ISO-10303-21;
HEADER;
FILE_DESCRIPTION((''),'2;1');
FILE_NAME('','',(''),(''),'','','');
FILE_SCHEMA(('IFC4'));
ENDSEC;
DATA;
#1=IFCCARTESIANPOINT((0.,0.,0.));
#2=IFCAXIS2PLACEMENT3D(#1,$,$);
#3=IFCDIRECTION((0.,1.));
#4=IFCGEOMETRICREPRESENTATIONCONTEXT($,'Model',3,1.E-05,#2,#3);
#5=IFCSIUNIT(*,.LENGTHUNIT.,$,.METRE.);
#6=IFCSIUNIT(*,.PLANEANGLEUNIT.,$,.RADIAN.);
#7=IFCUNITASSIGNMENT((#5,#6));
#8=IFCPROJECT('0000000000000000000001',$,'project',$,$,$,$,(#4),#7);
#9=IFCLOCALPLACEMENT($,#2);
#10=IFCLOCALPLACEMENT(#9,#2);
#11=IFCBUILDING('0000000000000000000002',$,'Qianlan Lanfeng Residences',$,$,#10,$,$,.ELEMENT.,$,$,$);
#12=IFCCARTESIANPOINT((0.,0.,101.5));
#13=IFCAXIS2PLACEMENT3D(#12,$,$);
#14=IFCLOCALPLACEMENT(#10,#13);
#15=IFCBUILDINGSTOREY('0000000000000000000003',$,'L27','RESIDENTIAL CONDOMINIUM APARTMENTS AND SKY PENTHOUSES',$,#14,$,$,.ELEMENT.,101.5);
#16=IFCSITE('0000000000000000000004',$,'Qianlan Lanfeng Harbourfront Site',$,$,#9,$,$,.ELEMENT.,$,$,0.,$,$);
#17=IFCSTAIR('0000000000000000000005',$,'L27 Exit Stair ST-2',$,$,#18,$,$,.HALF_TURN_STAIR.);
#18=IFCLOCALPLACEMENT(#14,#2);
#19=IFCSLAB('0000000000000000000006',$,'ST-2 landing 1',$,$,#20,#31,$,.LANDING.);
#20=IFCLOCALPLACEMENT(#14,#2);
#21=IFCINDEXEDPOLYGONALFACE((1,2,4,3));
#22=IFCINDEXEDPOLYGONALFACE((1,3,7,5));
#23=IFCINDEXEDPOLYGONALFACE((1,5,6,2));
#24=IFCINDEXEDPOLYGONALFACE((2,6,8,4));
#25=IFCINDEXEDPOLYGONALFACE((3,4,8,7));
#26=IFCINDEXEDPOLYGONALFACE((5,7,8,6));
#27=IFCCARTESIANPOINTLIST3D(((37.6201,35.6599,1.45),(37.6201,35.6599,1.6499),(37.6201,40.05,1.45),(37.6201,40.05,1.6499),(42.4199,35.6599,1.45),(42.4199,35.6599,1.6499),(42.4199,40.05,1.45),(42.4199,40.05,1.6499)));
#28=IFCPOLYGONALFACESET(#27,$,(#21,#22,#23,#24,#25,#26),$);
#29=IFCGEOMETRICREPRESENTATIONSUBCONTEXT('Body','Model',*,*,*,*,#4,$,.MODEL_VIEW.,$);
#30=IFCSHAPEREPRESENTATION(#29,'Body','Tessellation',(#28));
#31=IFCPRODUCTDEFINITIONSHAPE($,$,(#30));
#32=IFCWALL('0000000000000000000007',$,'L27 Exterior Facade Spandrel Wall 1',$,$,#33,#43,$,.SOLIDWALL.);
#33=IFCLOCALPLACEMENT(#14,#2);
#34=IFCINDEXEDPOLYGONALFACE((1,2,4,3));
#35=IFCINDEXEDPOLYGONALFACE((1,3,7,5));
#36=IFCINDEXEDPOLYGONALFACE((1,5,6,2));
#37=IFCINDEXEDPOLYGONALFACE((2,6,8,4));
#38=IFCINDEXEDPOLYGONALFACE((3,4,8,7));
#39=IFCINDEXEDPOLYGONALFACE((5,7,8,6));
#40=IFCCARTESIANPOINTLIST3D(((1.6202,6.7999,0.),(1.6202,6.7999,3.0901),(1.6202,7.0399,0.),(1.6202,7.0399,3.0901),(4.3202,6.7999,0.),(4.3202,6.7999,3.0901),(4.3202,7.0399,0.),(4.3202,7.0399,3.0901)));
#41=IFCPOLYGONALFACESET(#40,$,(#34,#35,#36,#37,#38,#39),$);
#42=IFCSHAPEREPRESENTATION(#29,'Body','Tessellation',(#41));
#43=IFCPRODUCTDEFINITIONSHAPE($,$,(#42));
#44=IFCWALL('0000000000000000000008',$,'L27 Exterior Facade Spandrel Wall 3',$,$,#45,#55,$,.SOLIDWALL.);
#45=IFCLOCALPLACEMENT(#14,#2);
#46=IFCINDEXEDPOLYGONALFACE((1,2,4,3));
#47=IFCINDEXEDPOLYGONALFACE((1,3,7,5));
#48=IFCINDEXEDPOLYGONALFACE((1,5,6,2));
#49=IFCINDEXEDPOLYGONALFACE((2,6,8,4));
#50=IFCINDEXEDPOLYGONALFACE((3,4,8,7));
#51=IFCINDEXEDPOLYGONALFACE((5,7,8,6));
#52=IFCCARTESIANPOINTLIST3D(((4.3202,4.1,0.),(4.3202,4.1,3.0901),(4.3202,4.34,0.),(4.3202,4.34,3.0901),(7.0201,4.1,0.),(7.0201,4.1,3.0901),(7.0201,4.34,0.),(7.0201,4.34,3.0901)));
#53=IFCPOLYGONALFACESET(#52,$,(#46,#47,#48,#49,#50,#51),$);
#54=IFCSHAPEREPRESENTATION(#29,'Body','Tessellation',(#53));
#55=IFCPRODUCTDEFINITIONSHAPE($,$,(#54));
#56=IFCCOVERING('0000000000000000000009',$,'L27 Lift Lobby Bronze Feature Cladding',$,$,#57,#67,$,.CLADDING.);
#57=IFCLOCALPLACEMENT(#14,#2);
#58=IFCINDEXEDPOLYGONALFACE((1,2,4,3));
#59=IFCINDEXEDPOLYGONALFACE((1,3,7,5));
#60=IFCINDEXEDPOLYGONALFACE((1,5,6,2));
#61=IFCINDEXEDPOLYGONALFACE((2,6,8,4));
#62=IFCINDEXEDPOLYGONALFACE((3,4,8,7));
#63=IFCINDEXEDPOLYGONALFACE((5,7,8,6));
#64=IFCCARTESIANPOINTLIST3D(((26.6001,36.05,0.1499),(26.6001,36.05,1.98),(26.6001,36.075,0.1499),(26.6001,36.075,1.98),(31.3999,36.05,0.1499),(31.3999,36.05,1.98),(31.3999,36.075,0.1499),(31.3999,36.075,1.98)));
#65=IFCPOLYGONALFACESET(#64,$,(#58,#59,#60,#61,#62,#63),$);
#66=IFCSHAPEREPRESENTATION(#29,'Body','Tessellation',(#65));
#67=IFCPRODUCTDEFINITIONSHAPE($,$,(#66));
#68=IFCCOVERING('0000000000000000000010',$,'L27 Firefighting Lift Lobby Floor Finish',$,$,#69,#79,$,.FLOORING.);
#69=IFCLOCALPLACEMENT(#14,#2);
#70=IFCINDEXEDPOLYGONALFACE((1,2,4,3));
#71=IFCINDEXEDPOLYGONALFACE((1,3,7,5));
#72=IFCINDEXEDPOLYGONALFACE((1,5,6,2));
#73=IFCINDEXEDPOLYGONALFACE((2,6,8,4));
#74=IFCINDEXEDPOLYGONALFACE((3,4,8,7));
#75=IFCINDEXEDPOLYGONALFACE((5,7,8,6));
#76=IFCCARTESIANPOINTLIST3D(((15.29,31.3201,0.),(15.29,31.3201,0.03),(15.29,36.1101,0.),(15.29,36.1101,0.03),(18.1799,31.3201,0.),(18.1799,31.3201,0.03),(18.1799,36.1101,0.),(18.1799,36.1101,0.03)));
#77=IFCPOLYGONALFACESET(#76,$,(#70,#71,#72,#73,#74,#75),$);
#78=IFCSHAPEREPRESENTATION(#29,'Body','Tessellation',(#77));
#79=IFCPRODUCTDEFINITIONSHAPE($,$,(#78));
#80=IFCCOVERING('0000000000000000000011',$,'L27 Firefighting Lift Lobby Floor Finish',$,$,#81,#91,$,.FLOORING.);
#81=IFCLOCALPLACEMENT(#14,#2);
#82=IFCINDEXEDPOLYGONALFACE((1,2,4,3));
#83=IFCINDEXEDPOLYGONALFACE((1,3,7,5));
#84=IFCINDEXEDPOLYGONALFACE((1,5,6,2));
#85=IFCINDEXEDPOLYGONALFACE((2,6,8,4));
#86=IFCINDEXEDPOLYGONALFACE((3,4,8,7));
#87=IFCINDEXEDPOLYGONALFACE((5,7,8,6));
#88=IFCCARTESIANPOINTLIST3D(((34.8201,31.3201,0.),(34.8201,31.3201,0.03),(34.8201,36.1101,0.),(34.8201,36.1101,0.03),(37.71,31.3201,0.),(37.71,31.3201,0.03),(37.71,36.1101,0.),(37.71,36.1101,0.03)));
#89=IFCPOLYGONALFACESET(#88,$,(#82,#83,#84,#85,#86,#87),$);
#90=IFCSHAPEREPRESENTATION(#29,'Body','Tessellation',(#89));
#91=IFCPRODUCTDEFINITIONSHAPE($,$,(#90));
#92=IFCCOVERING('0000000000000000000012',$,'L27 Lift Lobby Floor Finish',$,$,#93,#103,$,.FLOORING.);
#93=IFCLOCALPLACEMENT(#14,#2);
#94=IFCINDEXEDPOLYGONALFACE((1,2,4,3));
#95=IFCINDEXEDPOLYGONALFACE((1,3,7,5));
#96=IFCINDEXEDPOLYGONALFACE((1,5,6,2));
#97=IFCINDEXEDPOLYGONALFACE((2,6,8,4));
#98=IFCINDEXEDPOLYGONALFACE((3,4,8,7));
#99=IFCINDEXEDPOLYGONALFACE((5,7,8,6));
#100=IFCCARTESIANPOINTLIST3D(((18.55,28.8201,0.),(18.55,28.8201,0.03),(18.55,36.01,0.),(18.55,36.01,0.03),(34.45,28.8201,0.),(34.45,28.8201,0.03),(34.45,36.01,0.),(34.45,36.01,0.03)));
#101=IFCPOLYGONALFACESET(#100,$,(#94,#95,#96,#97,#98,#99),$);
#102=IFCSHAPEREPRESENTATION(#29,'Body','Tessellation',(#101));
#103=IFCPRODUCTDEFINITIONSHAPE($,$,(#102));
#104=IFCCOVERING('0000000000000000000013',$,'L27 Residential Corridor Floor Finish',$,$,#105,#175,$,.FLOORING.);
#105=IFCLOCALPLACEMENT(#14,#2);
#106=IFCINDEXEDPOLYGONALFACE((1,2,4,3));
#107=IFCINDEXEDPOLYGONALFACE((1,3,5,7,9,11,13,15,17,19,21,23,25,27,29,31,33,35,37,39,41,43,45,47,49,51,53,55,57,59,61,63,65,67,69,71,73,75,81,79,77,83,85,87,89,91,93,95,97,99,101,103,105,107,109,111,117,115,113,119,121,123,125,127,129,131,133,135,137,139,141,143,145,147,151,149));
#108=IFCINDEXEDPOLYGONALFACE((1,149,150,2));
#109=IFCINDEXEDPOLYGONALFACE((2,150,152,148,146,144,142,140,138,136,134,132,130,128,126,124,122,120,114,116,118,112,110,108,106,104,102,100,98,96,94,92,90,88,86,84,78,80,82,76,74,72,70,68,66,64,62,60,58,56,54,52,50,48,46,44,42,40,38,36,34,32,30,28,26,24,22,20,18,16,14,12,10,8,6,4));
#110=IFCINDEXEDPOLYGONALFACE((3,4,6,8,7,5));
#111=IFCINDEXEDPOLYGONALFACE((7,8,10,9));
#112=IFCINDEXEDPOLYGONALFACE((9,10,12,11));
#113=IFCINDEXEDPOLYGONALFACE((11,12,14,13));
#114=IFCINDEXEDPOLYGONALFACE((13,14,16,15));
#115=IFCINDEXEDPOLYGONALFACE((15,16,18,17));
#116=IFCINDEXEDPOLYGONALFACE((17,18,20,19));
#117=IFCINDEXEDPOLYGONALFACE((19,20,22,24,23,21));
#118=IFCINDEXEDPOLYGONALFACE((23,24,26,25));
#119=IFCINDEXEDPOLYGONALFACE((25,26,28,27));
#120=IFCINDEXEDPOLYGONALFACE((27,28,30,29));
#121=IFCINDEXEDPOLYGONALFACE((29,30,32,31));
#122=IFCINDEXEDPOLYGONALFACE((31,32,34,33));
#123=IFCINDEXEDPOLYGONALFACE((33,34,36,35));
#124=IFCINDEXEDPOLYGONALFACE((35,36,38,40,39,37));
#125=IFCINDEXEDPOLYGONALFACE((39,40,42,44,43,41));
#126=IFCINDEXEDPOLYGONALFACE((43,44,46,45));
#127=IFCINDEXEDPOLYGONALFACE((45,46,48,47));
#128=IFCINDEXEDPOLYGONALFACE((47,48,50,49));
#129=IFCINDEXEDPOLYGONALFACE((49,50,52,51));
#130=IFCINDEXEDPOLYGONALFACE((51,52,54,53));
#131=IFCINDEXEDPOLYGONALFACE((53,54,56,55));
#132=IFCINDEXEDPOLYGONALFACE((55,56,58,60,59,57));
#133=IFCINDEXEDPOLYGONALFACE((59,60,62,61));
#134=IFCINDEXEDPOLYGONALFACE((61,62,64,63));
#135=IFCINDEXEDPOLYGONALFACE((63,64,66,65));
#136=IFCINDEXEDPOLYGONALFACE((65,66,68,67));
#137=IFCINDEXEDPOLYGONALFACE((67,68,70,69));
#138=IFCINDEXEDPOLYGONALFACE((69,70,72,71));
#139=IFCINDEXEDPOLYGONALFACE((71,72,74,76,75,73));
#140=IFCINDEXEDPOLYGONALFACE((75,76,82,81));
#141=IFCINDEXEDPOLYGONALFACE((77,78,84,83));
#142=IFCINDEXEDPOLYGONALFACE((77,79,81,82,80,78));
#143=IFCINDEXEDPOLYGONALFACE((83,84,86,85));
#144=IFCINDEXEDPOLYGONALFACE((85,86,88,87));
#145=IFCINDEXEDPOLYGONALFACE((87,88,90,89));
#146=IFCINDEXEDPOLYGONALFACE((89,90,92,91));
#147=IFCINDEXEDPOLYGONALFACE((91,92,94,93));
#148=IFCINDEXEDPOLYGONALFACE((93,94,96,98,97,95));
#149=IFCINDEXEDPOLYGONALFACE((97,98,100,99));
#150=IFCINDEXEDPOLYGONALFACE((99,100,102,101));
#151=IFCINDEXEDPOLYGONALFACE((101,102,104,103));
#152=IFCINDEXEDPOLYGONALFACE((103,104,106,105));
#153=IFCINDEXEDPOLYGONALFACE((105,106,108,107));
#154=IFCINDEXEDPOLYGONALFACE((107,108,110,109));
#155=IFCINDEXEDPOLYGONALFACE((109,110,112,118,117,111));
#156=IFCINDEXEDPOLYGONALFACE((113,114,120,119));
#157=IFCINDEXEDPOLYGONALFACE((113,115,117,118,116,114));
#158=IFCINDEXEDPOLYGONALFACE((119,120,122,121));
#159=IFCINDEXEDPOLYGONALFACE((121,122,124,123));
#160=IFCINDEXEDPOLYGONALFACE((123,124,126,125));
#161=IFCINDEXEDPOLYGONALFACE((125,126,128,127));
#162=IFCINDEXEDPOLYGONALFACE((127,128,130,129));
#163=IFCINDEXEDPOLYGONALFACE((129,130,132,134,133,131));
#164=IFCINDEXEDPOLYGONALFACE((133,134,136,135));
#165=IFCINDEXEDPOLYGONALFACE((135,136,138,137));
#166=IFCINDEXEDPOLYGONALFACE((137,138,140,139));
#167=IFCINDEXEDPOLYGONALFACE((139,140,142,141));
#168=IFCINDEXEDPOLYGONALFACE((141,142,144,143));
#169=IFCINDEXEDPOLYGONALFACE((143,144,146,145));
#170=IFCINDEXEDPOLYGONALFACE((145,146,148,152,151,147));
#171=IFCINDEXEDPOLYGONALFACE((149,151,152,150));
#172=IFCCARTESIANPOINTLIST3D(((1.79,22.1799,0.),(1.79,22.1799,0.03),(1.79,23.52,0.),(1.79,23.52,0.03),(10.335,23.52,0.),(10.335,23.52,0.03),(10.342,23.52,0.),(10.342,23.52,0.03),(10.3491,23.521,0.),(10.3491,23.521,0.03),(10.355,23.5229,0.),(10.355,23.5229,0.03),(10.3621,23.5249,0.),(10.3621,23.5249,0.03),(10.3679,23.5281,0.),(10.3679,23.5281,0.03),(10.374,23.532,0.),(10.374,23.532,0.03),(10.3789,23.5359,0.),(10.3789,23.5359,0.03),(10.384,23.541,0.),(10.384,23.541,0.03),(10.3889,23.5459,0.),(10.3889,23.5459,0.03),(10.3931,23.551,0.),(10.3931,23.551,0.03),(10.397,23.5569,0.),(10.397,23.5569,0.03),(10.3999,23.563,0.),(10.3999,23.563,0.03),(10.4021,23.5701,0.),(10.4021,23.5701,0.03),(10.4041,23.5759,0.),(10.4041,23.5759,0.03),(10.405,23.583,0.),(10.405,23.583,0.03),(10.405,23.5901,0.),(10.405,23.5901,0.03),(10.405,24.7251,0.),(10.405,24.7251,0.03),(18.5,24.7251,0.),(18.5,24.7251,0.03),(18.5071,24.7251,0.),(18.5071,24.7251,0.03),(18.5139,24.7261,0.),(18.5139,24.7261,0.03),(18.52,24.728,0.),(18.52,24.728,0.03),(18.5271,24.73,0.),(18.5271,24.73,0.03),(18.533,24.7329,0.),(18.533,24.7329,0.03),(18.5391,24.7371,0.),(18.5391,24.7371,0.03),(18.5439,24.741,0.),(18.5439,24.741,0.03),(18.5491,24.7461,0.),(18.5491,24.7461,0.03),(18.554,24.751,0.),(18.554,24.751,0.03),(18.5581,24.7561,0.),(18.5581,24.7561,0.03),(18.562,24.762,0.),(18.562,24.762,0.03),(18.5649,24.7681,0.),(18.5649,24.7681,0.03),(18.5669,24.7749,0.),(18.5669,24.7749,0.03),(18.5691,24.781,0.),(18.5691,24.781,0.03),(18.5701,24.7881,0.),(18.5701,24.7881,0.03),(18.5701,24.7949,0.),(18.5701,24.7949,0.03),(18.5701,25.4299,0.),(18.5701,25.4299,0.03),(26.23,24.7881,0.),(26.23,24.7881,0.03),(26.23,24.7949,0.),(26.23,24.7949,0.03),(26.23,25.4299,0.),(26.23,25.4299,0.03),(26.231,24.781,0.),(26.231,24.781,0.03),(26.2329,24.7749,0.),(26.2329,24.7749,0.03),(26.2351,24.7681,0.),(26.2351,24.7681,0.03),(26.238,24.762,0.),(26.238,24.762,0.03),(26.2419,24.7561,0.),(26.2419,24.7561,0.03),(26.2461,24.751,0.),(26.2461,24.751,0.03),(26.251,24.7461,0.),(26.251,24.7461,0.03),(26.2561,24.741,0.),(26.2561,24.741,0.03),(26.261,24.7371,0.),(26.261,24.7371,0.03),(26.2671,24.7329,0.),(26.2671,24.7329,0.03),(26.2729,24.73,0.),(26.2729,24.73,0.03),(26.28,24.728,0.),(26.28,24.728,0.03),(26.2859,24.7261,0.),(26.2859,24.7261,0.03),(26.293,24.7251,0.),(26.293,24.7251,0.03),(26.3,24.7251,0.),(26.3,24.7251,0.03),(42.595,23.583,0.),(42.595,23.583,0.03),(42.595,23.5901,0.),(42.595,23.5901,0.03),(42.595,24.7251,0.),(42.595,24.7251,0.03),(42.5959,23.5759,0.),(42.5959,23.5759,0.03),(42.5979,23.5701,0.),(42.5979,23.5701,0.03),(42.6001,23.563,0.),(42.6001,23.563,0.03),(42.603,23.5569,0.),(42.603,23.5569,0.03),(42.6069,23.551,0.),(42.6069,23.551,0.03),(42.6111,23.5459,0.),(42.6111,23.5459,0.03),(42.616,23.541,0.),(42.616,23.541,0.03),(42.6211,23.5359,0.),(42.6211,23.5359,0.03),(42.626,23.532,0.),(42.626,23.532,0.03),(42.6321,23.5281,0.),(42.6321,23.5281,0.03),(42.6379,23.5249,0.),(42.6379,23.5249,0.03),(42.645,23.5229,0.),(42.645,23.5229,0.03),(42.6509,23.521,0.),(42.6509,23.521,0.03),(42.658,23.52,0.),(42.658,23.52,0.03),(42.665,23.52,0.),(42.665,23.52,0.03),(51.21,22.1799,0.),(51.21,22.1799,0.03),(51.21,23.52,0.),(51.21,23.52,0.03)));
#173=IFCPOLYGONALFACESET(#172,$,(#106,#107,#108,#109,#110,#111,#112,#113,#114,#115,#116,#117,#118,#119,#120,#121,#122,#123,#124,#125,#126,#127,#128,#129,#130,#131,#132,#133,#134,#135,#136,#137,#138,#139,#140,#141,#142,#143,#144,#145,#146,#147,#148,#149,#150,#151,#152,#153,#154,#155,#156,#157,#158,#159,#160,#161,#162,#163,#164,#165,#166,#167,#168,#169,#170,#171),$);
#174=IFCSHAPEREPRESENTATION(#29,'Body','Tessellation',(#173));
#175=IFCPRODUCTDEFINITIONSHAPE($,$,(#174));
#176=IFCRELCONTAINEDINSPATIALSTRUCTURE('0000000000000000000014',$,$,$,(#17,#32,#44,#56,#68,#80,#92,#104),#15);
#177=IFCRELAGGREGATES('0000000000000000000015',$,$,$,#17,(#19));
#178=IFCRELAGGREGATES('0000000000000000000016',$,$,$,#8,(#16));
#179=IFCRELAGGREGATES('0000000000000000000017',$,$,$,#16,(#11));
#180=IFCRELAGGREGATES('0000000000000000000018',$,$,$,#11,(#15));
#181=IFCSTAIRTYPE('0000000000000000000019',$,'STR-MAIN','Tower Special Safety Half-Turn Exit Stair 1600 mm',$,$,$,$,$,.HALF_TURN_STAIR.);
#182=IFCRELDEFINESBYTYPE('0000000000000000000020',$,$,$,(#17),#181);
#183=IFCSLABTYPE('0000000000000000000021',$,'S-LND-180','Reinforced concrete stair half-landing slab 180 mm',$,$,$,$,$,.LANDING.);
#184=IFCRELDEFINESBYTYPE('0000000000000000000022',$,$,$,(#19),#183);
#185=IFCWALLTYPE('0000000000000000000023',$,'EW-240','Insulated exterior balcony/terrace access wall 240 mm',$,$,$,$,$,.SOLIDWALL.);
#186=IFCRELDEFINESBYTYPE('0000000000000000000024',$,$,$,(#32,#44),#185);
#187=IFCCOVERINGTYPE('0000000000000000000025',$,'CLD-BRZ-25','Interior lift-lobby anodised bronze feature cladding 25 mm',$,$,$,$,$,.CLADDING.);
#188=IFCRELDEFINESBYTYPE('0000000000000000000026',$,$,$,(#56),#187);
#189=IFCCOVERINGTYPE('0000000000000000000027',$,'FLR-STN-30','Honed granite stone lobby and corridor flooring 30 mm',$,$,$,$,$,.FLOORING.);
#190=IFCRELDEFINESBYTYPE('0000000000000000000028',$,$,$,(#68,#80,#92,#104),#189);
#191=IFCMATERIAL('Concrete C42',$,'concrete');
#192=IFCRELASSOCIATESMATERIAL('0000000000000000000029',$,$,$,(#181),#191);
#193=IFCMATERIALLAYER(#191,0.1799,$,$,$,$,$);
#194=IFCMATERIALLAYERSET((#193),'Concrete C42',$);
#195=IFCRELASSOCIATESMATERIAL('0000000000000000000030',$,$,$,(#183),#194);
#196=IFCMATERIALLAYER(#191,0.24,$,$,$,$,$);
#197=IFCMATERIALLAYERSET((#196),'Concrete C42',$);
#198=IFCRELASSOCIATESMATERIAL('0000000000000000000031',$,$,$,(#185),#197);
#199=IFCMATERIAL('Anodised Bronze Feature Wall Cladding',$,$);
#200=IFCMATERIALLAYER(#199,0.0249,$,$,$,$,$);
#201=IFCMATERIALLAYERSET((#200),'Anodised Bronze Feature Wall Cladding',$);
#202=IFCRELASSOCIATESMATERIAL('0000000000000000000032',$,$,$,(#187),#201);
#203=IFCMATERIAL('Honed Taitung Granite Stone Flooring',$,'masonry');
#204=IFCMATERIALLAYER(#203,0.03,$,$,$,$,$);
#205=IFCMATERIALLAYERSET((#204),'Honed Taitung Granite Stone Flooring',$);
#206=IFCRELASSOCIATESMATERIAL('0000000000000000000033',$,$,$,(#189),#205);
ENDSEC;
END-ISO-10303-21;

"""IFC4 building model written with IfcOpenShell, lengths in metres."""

from ifc_helpers import new_model, si_unit, direction, frame, frame_2d, origin, place, context, subcontext, project, spatial, polyline, rectangle, outline, extrude, material, layer, layer_set, type_object, element, aggregate, save


model = new_model("IFC4")

# Units and contexts
model_context = context("Model", 3, precision=1e-05, world=origin(), true_north=direction((0.0, 1.0)))
body_context = subcontext(model_context, "Body", "Model", "MODEL_VIEW")
ifc_project = project(units=[si_unit("LENGTHUNIT", "METRE"), si_unit("PLANEANGLEUNIT", "RADIAN")], contexts=[model_context])

# Site, building, storey
site_placement = place(None, origin())
site = spatial("IfcSite", under=ifc_project, at=site_placement, Name="Qianlan Lanfeng Harbourfront Site", CompositionType="ELEMENT", RefElevation=0.0)
building_placement = place(site_placement, origin())
building = spatial("IfcBuilding", under=site, at=building_placement, Name="Qianlan Lanfeng Residences", CompositionType="ELEMENT")
storey_placement = place(building_placement, frame((0.0, 0.0, 101.5)))
storey = spatial("IfcBuildingStorey", under=building, at=storey_placement, Name="L27", Description="RESIDENTIAL CONDOMINIUM APARTMENTS AND SKY PENTHOUSES", CompositionType="ELEMENT", Elevation=101.5)

# Shared definitions
ifc_material_1 = material(Name="Concrete C42", Category="concrete")

# Stair, slab
stair_type = type_object("IfcStairType", Name="STR-MAIN", Description="Tower Special Safety Half-Turn Exit Stair 1600 mm", PredefinedType="HALF_TURN_STAIR", material=ifc_material_1)
ifc_layer_1 = layer(ifc_material_1, 0.1799)
ifc_layer_set_1 = layer_set([ifc_layer_1], Name="Concrete C42")
slab_type_1 = type_object("IfcSlabType", Name="S-LND-180", Description="Reinforced concrete stair half-landing slab 180 mm", PredefinedType="LANDING", material=ifc_layer_set_1)
stair_1_placement = place(storey_placement, origin())
stair_1 = element("IfcStair", 1, at=stair_1_placement, inside=storey, type_object=stair_type, Name="L27 Exit Stair ST-2", PredefinedType="HALF_TURN_STAIR")
slab_1_placement = place(storey_placement, frame((0.0, 0.0, 1.45)))
slab_1 = element("IfcSlab", 2, at=slab_1_placement, type_object=slab_type_1, Name="ST-2 landing 1", PredefinedType="LANDING", context=body_context, shape_type="SweptSolid", body=[
    extrude(outline(polyline([(37.6201, 35.6599), (42.4199, 35.6599), (42.4199, 40.05), (37.6201, 40.05), (37.6201, 35.6599)])), origin(), (0.0, 0.0, 1.0), 0.2),
])
aggregate(stair_1, [slab_1])

# Walls
ifc_layer_2 = layer(ifc_material_1, 0.24)
ifc_layer_set_2 = layer_set([ifc_layer_2], Name="Concrete C42")
wall_type = type_object("IfcWallType", Name="EW-240", Description="Insulated exterior balcony/terrace access wall 240 mm", PredefinedType="SOLIDWALL", material=ifc_layer_set_2)
for number, where, z_axis, x_axis, name in (
    (3, (1.6201, 6.9199, 0.0), (0.0, 0.0, 1.0), (1.0, 0.0, 0.0), "L27 Exterior Facade Spandrel Wall 1"),
    (4, (4.3201, 4.22, 0.0), (0.0, 0.0, 1.0), (1.0, 0.0, 0.0), "L27 Exterior Facade Spandrel Wall 3"),
):
    element("IfcWall", number, at=place(storey_placement, frame(where, z_axis=z_axis, x_axis=x_axis)), inside=storey, type_object=wall_type, Name=name, PredefinedType="SOLIDWALL", context=body_context, shape_type="SweptSolid", body=[
        extrude(rectangle(XDim=2.7, YDim=0.24, at=frame_2d((1.3501, 0.0))), origin(), (0.0, 0.0, 1.0), 3.0901),
    ])

# Coverings
ifc_material_2 = material(Name="Anodised Bronze Feature Wall Cladding")
ifc_layer_3 = layer(ifc_material_2, 0.0249)
ifc_layer_set_3 = layer_set([ifc_layer_3], Name="Anodised Bronze Feature Wall Cladding")
covering_type_1 = type_object("IfcCoveringType", Name="CLD-BRZ-25", Description="Interior lift-lobby anodised bronze feature cladding 25 mm", PredefinedType="CLADDING", material=ifc_layer_set_3)
covering_1_placement = place(storey_placement, frame((0.0, 0.0, 0.1499)))
element("IfcCovering", 5, at=covering_1_placement, inside=storey, type_object=covering_type_1, Name="L27 Lift Lobby Bronze Feature Cladding", PredefinedType="CLADDING", context=body_context, shape_type="SweptSolid", body=[
    extrude(outline(polyline([(26.6001, 36.05), (31.3999, 36.05), (31.3999, 36.075), (26.6001, 36.075), (26.6001, 36.05)])), origin(), (0.0, 0.0, 1.0), 1.8301),
])
ifc_material_3 = material(Name="Honed Taitung Granite Stone Flooring", Category="masonry")
ifc_layer_4 = layer(ifc_material_3, 0.03)
ifc_layer_set_4 = layer_set([ifc_layer_4], Name="Honed Taitung Granite Stone Flooring")
covering_type_2 = type_object("IfcCoveringType", Name="FLR-STN-30", Description="Honed granite stone lobby and corridor flooring 30 mm", PredefinedType="FLOORING", material=ifc_layer_set_4)
covering_2_placement = place(storey_placement, origin())
element("IfcCovering", 6, at=covering_2_placement, inside=storey, type_object=covering_type_2, Name="L27 Firefighting Lift Lobby Floor Finish", PredefinedType="FLOORING", context=body_context, shape_type="SweptSolid", body=[
    extrude(outline(polyline([(15.29, 31.3201), (18.1799, 31.3201), (18.1799, 36.1101), (15.29, 36.1101), (15.29, 31.3201)])), origin(), (0.0, 0.0, 1.0), 0.03),
])
covering_3_placement = place(storey_placement, origin())
element("IfcCovering", 7, at=covering_3_placement, inside=storey, type_object=covering_type_2, Name="L27 Firefighting Lift Lobby Floor Finish", PredefinedType="FLOORING", context=body_context, shape_type="SweptSolid", body=[
    extrude(outline(polyline([(34.8201, 31.3201), (37.71, 31.3201), (37.71, 36.1101), (34.8201, 36.1101), (34.8201, 31.3201)])), origin(), (0.0, 0.0, 1.0), 0.03),
])
covering_4_placement = place(storey_placement, origin())
element("IfcCovering", 8, at=covering_4_placement, inside=storey, type_object=covering_type_2, Name="L27 Lift Lobby Floor Finish", PredefinedType="FLOORING", context=body_context, shape_type="SweptSolid", body=[
    extrude(outline(polyline([(18.55, 28.8201), (34.45, 28.8201), (34.45, 36.01), (18.55, 36.01), (18.55, 28.8201)])), origin(), (0.0, 0.0, 1.0), 0.03),
])
covering_5_placement = place(storey_placement, origin())
element("IfcCovering", 9, at=covering_5_placement, inside=storey, type_object=covering_type_2, Name="L27 Residential Corridor Floor Finish", PredefinedType="FLOORING", context=body_context, shape_type="SweptSolid", body=[
    extrude(outline(polyline([(1.79, 22.1799), (51.21, 22.1799), (51.21, 23.52), (42.665, 23.52), (42.658, 23.52), (42.6509, 23.521), (42.645, 23.5229), (42.6379, 23.5249), (42.6321, 23.5281), (42.626, 23.532), (42.6211, 23.5359), (42.616, 23.541), (42.6111, 23.5459), (42.6069, 23.551), (42.603, 23.5569), (42.6001, 23.563), (42.5979, 23.5701), (42.5959, 23.5759), (42.595, 23.583), (42.595, 23.5901), (42.595, 24.7251), (26.3, 24.7251), (26.293, 24.7251), (26.2859, 24.7261), (26.28, 24.728), (26.2729, 24.73), (26.2671, 24.7329), (26.261, 24.7371), (26.2561, 24.741), (26.251, 24.7461), (26.2461, 24.751), (26.2419, 24.7561), (26.238, 24.762), (26.2351, 24.7681), (26.2329, 24.7749), (26.231, 24.781), (26.23, 24.7881), (26.23, 24.7949), (26.23, 25.4299), (18.5701, 25.4299), (18.5701, 24.7949), (18.5701, 24.7881), (18.5691, 24.781), (18.5669, 24.7749), (18.5649, 24.7681), (18.562, 24.762), (18.5581, 24.7561), (18.554, 24.751), (18.5491, 24.7461), (18.5439, 24.741), (18.5391, 24.7371), (18.533, 24.7329), (18.5271, 24.73), (18.52, 24.728), (18.5139, 24.7261), (18.5071, 24.7251), (18.5, 24.7251), (10.405, 24.7251), (10.405, 23.5901), (10.405, 23.583), (10.4041, 23.5759), (10.4021, 23.5701), (10.3999, 23.563), (10.397, 23.5569), (10.3931, 23.551), (10.3889, 23.5459), (10.384, 23.541), (10.3789, 23.5359), (10.374, 23.532), (10.3679, 23.5281), (10.3621, 23.5249), (10.355, 23.5229), (10.3491, 23.521), (10.342, 23.52), (10.335, 23.52), (1.79, 23.52), (1.79, 22.1799)])), origin(), (0.0, 0.0, 1.0), 0.03),
])

save(model, "model.ifc")
